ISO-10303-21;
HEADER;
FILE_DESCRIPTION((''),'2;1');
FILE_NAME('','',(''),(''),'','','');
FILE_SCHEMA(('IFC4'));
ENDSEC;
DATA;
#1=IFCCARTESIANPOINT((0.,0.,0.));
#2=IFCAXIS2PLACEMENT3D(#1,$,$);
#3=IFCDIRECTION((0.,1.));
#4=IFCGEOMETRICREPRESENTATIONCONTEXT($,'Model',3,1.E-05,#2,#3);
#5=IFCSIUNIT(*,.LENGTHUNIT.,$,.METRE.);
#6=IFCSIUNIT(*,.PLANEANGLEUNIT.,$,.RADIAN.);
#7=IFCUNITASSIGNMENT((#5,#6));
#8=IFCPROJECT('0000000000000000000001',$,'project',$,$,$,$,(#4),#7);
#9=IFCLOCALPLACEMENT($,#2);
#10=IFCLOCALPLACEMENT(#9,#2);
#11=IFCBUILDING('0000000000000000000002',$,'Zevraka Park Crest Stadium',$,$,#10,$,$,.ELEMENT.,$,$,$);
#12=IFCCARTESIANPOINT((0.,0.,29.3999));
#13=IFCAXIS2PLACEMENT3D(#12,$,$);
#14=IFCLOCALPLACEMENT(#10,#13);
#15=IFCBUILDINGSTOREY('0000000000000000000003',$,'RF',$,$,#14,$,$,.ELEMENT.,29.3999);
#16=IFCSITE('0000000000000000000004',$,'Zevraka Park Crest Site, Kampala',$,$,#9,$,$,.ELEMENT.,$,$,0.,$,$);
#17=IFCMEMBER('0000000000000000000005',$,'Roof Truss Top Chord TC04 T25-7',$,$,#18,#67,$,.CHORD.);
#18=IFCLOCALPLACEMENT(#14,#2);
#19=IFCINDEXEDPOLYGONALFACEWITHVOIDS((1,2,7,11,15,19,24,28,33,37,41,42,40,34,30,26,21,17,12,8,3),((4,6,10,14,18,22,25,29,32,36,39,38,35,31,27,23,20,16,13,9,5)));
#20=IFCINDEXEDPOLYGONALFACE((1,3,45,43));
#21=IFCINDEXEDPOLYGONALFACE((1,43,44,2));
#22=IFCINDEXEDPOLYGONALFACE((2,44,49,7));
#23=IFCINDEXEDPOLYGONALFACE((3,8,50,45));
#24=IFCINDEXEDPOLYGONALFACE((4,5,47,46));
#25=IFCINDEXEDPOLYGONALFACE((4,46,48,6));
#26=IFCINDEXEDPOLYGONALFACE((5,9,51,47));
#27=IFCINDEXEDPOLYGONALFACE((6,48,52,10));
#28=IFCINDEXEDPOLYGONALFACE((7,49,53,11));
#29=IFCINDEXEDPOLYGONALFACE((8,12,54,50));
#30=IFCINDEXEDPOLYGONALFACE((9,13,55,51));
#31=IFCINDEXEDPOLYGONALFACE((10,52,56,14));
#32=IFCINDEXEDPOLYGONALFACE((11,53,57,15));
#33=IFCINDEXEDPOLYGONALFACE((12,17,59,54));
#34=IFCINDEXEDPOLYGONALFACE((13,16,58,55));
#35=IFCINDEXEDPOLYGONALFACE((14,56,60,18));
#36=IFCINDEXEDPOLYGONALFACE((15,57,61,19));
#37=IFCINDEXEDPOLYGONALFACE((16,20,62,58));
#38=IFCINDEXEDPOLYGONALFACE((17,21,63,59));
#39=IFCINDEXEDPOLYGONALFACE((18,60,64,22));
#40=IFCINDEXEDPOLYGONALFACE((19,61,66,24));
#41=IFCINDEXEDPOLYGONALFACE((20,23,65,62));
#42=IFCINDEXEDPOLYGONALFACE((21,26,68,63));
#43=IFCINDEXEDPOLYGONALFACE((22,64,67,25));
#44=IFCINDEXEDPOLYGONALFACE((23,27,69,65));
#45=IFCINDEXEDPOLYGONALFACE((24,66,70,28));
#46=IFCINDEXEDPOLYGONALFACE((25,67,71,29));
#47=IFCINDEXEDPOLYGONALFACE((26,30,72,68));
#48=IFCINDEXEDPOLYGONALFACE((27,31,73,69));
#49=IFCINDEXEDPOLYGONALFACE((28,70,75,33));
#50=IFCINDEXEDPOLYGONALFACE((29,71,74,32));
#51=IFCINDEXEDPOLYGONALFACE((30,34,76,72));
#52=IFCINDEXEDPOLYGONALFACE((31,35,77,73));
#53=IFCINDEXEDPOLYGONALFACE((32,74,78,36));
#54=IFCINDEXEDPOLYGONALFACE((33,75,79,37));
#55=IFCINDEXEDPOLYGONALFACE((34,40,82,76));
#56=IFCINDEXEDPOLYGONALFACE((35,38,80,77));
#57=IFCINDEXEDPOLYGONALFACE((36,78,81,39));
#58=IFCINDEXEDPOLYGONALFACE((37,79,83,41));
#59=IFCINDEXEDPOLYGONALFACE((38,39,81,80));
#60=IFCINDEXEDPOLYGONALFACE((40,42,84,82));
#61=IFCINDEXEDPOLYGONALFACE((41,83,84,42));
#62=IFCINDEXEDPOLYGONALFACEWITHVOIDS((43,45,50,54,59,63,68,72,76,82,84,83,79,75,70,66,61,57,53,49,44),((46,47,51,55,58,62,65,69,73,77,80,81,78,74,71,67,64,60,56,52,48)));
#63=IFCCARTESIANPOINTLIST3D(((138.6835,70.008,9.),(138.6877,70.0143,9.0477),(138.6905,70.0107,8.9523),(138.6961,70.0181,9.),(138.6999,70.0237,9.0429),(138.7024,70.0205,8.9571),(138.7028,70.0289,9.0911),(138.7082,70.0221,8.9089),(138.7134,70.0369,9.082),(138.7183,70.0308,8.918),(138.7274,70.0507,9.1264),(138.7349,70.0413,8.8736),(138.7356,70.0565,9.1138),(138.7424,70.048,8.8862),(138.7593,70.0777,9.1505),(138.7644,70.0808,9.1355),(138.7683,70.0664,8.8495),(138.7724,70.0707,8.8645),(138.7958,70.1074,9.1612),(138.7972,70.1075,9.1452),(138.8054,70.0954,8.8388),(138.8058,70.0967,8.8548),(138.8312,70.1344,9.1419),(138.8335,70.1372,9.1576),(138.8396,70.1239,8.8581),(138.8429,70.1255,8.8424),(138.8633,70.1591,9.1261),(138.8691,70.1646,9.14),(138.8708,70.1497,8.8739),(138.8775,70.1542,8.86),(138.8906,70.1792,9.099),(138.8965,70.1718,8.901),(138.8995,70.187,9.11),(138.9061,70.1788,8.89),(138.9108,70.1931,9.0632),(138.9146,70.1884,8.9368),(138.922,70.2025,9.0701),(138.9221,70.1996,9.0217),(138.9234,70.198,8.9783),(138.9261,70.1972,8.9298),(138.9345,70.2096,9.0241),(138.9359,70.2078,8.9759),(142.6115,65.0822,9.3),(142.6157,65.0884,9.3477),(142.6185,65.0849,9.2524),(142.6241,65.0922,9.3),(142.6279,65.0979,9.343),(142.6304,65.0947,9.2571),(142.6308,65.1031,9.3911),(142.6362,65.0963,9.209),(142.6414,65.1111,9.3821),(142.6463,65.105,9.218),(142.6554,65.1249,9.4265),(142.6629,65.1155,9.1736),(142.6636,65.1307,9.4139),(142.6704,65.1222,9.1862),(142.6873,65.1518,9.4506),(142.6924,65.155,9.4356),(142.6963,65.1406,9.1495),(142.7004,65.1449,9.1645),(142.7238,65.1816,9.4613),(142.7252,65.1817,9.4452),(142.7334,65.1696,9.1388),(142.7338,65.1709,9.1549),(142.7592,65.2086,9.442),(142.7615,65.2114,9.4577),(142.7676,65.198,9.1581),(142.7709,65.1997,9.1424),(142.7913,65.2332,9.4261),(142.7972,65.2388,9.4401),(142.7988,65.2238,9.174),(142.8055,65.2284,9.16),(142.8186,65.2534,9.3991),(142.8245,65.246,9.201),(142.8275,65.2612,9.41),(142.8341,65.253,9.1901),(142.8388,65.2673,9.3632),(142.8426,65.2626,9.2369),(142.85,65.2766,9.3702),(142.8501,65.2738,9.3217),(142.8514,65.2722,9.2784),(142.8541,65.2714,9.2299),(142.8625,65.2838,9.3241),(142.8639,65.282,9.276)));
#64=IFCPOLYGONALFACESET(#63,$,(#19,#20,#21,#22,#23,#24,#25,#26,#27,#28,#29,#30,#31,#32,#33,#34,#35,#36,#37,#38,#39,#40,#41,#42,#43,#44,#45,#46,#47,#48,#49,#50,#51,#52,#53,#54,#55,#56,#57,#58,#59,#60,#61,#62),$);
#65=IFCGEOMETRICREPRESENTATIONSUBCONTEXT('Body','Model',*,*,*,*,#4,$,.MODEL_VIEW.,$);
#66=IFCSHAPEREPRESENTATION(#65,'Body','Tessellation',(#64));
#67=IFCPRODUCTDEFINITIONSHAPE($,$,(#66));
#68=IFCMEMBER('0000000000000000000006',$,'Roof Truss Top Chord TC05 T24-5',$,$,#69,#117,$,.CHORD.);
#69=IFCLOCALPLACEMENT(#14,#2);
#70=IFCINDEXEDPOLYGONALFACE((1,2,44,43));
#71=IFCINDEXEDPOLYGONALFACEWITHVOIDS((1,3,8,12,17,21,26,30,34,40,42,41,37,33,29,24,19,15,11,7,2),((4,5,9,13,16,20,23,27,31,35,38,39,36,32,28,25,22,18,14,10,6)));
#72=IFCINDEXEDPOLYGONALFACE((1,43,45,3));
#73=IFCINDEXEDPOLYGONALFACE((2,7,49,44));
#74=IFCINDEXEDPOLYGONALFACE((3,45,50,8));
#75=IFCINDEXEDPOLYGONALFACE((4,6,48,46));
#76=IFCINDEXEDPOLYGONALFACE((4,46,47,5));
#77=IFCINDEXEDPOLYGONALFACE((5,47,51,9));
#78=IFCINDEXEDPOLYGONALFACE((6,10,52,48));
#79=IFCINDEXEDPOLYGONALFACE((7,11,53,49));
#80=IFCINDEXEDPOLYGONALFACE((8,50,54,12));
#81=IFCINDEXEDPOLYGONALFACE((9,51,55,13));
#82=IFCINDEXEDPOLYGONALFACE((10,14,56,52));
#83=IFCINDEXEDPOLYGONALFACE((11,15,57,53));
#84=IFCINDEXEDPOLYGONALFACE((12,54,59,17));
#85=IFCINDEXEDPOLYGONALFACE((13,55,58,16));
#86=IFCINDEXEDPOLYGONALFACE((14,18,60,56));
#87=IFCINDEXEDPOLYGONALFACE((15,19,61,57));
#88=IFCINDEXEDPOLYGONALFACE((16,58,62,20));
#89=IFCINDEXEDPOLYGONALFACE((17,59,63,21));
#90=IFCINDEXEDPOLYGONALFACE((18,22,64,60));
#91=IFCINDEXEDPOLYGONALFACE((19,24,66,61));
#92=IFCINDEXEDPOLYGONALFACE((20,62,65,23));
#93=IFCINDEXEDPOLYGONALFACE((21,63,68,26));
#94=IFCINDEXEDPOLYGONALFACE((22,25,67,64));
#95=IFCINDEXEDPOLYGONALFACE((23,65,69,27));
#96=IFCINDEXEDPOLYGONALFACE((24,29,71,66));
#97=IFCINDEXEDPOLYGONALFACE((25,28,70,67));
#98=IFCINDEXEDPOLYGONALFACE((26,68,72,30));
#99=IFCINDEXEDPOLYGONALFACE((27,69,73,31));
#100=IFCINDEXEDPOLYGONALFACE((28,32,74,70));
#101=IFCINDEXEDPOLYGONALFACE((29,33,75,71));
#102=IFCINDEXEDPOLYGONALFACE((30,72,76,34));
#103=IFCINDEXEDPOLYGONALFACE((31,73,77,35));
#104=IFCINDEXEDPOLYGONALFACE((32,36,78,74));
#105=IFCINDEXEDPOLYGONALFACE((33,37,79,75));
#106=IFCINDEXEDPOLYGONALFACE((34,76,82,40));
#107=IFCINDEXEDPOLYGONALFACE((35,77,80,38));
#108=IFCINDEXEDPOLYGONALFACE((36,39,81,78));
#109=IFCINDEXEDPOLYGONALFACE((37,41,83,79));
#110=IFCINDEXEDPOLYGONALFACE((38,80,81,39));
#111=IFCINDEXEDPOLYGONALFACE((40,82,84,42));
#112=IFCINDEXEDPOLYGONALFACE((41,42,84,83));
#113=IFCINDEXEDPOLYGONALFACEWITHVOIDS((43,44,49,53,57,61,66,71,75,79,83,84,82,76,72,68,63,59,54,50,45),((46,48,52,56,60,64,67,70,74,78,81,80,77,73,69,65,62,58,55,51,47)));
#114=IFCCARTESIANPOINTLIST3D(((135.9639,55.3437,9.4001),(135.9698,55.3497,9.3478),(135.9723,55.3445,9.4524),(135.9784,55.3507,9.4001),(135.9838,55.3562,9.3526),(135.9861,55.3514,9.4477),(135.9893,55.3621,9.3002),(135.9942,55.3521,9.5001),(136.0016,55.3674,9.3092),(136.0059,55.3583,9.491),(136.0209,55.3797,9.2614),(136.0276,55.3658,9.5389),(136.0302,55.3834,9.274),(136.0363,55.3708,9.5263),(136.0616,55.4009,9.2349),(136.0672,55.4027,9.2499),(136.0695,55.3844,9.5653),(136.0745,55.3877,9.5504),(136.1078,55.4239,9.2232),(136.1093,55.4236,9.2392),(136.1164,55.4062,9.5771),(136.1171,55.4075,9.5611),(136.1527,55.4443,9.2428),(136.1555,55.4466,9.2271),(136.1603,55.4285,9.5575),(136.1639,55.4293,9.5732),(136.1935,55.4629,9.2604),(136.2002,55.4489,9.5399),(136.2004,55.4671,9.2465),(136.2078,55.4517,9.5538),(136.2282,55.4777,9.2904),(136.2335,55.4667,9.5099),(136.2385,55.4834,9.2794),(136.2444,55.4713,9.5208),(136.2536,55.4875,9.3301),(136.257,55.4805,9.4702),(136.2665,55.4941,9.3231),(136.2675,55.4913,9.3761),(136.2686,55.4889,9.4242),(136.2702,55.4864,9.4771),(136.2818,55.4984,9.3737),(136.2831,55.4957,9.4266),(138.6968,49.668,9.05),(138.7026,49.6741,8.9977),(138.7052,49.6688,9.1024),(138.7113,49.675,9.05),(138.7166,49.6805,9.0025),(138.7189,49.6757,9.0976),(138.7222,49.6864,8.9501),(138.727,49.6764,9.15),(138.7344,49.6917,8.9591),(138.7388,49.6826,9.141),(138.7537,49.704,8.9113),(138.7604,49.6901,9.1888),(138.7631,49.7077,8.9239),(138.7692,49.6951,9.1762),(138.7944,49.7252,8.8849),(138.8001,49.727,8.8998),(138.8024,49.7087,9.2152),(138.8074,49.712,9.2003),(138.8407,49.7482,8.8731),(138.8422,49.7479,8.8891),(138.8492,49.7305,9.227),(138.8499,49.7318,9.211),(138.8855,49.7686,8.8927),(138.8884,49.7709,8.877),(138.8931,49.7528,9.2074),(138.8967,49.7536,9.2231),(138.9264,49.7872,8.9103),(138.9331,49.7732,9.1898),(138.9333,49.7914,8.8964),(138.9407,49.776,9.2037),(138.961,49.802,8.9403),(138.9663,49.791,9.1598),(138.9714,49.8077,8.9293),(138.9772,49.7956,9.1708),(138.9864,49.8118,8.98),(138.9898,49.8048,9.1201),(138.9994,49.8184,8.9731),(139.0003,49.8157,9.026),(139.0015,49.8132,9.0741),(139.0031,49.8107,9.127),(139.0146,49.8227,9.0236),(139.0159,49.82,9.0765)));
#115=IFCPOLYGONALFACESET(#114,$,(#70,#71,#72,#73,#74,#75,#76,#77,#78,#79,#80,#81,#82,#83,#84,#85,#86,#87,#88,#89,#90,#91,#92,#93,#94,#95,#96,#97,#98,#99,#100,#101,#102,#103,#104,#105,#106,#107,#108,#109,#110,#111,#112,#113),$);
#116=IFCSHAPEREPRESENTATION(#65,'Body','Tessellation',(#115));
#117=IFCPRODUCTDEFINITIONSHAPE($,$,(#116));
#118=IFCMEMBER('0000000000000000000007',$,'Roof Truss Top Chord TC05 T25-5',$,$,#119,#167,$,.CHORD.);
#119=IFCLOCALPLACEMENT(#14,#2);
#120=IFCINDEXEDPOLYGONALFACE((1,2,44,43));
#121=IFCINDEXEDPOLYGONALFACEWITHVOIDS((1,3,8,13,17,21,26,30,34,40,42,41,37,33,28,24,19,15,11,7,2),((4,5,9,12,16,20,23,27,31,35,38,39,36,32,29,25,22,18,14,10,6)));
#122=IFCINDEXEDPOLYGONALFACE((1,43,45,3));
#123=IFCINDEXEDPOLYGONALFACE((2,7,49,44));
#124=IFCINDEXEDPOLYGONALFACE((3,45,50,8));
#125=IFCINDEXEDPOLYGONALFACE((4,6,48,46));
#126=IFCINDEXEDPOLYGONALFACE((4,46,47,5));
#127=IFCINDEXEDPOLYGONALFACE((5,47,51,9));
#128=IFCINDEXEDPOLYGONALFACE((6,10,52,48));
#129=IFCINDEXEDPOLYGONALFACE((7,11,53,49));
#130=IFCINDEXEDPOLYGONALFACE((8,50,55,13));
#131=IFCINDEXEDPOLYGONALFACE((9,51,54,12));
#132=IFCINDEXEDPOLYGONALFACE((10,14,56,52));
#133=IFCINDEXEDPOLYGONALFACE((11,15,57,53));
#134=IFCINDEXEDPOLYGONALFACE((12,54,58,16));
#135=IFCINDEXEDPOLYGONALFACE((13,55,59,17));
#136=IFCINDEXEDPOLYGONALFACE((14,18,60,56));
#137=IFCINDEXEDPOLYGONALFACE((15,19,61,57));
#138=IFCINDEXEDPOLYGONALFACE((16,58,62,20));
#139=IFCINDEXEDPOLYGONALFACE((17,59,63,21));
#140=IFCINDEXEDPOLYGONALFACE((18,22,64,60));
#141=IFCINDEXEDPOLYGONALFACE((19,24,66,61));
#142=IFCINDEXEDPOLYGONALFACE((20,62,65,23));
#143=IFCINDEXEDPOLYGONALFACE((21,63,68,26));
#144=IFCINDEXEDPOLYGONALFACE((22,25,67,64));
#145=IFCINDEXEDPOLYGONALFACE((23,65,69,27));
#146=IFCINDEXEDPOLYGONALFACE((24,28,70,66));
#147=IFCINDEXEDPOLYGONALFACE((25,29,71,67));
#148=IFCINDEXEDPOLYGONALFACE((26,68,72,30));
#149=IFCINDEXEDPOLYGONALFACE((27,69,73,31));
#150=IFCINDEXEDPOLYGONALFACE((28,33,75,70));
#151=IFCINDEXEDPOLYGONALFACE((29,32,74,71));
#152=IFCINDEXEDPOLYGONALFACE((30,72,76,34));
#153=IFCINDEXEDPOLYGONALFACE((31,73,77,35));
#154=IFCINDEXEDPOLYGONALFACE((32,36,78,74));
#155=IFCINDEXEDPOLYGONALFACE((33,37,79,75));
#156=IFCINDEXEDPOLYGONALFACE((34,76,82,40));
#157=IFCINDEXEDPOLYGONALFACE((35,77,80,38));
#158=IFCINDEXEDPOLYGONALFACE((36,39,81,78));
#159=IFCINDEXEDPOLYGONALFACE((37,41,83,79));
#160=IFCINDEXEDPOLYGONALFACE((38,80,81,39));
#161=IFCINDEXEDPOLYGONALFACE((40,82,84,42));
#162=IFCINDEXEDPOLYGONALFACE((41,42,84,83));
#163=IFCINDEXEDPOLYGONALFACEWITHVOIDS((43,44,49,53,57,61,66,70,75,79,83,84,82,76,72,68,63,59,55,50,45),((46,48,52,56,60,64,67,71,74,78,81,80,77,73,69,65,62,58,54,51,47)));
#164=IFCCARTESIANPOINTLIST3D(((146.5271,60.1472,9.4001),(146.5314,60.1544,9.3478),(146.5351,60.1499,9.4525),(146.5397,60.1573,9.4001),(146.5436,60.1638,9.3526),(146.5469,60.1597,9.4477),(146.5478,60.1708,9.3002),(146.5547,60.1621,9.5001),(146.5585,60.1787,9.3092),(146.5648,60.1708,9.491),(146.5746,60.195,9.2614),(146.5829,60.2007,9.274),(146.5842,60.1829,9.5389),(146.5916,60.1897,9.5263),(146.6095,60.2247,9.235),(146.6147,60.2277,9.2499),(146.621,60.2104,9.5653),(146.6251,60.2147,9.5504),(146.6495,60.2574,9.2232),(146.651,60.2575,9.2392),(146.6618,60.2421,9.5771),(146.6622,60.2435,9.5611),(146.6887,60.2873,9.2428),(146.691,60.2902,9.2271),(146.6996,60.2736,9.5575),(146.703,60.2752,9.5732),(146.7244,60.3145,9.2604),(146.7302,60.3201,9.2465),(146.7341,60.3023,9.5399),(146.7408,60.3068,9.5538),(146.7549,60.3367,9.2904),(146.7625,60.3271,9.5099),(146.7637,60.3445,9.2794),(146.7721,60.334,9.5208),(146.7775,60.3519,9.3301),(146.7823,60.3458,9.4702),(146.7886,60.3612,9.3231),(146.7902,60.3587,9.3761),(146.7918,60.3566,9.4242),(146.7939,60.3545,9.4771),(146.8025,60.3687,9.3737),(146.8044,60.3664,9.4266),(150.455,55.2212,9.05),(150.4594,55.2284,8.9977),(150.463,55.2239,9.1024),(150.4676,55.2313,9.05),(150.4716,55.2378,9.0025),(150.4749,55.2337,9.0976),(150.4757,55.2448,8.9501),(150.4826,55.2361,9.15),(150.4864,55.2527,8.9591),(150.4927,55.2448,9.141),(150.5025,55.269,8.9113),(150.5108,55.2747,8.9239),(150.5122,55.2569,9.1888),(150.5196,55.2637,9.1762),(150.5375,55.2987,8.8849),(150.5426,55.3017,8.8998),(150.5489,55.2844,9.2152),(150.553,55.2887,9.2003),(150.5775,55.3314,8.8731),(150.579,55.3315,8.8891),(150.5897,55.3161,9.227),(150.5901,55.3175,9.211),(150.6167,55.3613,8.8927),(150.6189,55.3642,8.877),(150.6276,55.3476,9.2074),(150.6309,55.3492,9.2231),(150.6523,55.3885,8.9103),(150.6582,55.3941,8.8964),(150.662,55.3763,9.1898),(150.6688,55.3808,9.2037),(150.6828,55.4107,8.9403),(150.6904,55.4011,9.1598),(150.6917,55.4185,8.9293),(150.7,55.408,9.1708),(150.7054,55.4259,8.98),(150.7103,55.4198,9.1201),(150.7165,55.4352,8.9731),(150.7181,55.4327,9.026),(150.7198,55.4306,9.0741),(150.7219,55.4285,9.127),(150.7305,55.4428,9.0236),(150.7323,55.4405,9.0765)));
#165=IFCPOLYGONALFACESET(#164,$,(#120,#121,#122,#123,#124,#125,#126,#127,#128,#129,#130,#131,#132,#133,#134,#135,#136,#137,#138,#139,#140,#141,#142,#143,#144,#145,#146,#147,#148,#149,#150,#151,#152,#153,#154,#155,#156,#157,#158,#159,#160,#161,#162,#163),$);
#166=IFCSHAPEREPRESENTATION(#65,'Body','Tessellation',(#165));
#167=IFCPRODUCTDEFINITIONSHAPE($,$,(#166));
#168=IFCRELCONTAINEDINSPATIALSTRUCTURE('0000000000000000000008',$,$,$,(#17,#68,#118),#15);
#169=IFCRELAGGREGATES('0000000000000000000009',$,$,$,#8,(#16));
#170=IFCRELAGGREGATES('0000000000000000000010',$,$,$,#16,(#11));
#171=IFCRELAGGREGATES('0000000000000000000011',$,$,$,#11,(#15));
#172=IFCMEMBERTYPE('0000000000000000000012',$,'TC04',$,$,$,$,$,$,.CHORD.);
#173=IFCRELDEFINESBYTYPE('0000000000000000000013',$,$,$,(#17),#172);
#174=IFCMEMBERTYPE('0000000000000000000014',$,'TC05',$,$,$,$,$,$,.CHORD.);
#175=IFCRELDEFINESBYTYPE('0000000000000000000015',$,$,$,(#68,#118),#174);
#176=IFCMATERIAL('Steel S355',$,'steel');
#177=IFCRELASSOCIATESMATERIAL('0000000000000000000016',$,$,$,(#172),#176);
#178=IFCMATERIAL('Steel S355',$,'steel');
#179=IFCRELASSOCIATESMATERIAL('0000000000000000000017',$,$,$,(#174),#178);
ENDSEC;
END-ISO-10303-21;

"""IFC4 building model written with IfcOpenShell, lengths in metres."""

from ifc_helpers import new_model, si_unit, direction, frame, origin, origin_2d, place, context, subcontext, project, spatial, hollow_circle, extrude, material, material_profile, profile_set, type_object, element, save


model = new_model("IFC4")

# Units and contexts
model_context = context("Model", 3, precision=1e-05, world=origin(), true_north=direction((0.0, 1.0)))
body_context = subcontext(model_context, "Body", "Model", "MODEL_VIEW")
ifc_project = project(units=[si_unit("LENGTHUNIT", "METRE"), si_unit("PLANEANGLEUNIT", "RADIAN")], contexts=[model_context])

# Site, building, storey
site_placement = place(None, origin())
site = spatial("IfcSite", under=ifc_project, at=site_placement, Name="Zevraka Park Crest Site, Kampala", CompositionType="ELEMENT", RefElevation=0.0)
building_placement = place(site_placement, origin())
building = spatial("IfcBuilding", under=site, at=building_placement, Name="Zevraka Park Crest Stadium", CompositionType="ELEMENT")
storey_placement = place(building_placement, frame((0.0, 0.0, 29.3999)))
storey = spatial("IfcBuildingStorey", under=building, at=storey_placement, Name="RF", CompositionType="ELEMENT", Elevation=29.3999)

# Members
ifc_material_1 = material(Name="Steel S355", Category="steel")
ifc_material_profile_1 = material_profile(ifc_material_1, hollow_circle(Radius=0.1619, WallThickness=0.0161, at=origin_2d()), Name="CHS 323.9x16")
ifc_profile_set_1 = profile_set([ifc_material_profile_1], Name="Steel S355")
member_type_1 = type_object("IfcMemberType", Name="TC04", PredefinedType="CHORD", material=ifc_profile_set_1)
member_1_placement = place(storey_placement, frame((142.738, 65.1831, 9.3), z_axis=(-0.622764, 0.780962, -0.047571), x_axis=(-0.781847, -0.62347, 0.0)))
element("IfcMember", 1, at=member_1_placement, inside=storey, type_object=member_type_1, Name="Roof Truss Top Chord TC04 T25-7", PredefinedType="CHORD", context=body_context, shape_type="SweptSolid", body=[
    extrude(hollow_circle(Radius=0.1619, WallThickness=0.0161, at=origin_2d()), origin(), (0.0, 0.0, 1.0), 6.3074),
])
ifc_material_2 = material(Name="Steel S355", Category="steel")
ifc_material_profile_2 = material_profile(ifc_material_2, hollow_circle(Radius=0.1777, WallThickness=0.0161, at=origin_2d()), Name="CHS 355.6x16")
ifc_profile_set_2 = profile_set([ifc_material_profile_2], Name="Steel S355")
member_type_2 = type_object("IfcMemberType", Name="TC05", PredefinedType="CHORD", material=ifc_profile_set_2)
member_2_placement = place(storey_placement, frame((138.8569, 49.7451, 9.05), z_axis=(-0.433163, 0.899606, 0.05549), x_axis=(-0.900994, -0.433832, 0.0)))
element("IfcMember", 2, at=member_2_placement, inside=storey, type_object=member_type_2, Name="Roof Truss Top Chord TC05 T24-5", PredefinedType="CHORD", context=body_context, shape_type="SweptSolid", body=[
    extrude(hollow_circle(Radius=0.1777, WallThickness=0.0161, at=origin_2d()), origin(), (0.0, 0.0, 1.0), 6.3091),
])
member_3_placement = place(storey_placement, frame((150.594, 55.332, 9.05), z_axis=(-0.622491, 0.780658, 0.055482), x_axis=(-0.781862, -0.623451, 0.0)))
element("IfcMember", 3, at=member_3_placement, inside=storey, type_object=member_type_2, Name="Roof Truss Top Chord TC05 T25-5", PredefinedType="CHORD", context=body_context, shape_type="SweptSolid", body=[
    extrude(hollow_circle(Radius=0.1777, WallThickness=0.0161, at=origin_2d()), origin(), (0.0, 0.0, 1.0), 6.3101),
])

save(model, "model.ifc")
